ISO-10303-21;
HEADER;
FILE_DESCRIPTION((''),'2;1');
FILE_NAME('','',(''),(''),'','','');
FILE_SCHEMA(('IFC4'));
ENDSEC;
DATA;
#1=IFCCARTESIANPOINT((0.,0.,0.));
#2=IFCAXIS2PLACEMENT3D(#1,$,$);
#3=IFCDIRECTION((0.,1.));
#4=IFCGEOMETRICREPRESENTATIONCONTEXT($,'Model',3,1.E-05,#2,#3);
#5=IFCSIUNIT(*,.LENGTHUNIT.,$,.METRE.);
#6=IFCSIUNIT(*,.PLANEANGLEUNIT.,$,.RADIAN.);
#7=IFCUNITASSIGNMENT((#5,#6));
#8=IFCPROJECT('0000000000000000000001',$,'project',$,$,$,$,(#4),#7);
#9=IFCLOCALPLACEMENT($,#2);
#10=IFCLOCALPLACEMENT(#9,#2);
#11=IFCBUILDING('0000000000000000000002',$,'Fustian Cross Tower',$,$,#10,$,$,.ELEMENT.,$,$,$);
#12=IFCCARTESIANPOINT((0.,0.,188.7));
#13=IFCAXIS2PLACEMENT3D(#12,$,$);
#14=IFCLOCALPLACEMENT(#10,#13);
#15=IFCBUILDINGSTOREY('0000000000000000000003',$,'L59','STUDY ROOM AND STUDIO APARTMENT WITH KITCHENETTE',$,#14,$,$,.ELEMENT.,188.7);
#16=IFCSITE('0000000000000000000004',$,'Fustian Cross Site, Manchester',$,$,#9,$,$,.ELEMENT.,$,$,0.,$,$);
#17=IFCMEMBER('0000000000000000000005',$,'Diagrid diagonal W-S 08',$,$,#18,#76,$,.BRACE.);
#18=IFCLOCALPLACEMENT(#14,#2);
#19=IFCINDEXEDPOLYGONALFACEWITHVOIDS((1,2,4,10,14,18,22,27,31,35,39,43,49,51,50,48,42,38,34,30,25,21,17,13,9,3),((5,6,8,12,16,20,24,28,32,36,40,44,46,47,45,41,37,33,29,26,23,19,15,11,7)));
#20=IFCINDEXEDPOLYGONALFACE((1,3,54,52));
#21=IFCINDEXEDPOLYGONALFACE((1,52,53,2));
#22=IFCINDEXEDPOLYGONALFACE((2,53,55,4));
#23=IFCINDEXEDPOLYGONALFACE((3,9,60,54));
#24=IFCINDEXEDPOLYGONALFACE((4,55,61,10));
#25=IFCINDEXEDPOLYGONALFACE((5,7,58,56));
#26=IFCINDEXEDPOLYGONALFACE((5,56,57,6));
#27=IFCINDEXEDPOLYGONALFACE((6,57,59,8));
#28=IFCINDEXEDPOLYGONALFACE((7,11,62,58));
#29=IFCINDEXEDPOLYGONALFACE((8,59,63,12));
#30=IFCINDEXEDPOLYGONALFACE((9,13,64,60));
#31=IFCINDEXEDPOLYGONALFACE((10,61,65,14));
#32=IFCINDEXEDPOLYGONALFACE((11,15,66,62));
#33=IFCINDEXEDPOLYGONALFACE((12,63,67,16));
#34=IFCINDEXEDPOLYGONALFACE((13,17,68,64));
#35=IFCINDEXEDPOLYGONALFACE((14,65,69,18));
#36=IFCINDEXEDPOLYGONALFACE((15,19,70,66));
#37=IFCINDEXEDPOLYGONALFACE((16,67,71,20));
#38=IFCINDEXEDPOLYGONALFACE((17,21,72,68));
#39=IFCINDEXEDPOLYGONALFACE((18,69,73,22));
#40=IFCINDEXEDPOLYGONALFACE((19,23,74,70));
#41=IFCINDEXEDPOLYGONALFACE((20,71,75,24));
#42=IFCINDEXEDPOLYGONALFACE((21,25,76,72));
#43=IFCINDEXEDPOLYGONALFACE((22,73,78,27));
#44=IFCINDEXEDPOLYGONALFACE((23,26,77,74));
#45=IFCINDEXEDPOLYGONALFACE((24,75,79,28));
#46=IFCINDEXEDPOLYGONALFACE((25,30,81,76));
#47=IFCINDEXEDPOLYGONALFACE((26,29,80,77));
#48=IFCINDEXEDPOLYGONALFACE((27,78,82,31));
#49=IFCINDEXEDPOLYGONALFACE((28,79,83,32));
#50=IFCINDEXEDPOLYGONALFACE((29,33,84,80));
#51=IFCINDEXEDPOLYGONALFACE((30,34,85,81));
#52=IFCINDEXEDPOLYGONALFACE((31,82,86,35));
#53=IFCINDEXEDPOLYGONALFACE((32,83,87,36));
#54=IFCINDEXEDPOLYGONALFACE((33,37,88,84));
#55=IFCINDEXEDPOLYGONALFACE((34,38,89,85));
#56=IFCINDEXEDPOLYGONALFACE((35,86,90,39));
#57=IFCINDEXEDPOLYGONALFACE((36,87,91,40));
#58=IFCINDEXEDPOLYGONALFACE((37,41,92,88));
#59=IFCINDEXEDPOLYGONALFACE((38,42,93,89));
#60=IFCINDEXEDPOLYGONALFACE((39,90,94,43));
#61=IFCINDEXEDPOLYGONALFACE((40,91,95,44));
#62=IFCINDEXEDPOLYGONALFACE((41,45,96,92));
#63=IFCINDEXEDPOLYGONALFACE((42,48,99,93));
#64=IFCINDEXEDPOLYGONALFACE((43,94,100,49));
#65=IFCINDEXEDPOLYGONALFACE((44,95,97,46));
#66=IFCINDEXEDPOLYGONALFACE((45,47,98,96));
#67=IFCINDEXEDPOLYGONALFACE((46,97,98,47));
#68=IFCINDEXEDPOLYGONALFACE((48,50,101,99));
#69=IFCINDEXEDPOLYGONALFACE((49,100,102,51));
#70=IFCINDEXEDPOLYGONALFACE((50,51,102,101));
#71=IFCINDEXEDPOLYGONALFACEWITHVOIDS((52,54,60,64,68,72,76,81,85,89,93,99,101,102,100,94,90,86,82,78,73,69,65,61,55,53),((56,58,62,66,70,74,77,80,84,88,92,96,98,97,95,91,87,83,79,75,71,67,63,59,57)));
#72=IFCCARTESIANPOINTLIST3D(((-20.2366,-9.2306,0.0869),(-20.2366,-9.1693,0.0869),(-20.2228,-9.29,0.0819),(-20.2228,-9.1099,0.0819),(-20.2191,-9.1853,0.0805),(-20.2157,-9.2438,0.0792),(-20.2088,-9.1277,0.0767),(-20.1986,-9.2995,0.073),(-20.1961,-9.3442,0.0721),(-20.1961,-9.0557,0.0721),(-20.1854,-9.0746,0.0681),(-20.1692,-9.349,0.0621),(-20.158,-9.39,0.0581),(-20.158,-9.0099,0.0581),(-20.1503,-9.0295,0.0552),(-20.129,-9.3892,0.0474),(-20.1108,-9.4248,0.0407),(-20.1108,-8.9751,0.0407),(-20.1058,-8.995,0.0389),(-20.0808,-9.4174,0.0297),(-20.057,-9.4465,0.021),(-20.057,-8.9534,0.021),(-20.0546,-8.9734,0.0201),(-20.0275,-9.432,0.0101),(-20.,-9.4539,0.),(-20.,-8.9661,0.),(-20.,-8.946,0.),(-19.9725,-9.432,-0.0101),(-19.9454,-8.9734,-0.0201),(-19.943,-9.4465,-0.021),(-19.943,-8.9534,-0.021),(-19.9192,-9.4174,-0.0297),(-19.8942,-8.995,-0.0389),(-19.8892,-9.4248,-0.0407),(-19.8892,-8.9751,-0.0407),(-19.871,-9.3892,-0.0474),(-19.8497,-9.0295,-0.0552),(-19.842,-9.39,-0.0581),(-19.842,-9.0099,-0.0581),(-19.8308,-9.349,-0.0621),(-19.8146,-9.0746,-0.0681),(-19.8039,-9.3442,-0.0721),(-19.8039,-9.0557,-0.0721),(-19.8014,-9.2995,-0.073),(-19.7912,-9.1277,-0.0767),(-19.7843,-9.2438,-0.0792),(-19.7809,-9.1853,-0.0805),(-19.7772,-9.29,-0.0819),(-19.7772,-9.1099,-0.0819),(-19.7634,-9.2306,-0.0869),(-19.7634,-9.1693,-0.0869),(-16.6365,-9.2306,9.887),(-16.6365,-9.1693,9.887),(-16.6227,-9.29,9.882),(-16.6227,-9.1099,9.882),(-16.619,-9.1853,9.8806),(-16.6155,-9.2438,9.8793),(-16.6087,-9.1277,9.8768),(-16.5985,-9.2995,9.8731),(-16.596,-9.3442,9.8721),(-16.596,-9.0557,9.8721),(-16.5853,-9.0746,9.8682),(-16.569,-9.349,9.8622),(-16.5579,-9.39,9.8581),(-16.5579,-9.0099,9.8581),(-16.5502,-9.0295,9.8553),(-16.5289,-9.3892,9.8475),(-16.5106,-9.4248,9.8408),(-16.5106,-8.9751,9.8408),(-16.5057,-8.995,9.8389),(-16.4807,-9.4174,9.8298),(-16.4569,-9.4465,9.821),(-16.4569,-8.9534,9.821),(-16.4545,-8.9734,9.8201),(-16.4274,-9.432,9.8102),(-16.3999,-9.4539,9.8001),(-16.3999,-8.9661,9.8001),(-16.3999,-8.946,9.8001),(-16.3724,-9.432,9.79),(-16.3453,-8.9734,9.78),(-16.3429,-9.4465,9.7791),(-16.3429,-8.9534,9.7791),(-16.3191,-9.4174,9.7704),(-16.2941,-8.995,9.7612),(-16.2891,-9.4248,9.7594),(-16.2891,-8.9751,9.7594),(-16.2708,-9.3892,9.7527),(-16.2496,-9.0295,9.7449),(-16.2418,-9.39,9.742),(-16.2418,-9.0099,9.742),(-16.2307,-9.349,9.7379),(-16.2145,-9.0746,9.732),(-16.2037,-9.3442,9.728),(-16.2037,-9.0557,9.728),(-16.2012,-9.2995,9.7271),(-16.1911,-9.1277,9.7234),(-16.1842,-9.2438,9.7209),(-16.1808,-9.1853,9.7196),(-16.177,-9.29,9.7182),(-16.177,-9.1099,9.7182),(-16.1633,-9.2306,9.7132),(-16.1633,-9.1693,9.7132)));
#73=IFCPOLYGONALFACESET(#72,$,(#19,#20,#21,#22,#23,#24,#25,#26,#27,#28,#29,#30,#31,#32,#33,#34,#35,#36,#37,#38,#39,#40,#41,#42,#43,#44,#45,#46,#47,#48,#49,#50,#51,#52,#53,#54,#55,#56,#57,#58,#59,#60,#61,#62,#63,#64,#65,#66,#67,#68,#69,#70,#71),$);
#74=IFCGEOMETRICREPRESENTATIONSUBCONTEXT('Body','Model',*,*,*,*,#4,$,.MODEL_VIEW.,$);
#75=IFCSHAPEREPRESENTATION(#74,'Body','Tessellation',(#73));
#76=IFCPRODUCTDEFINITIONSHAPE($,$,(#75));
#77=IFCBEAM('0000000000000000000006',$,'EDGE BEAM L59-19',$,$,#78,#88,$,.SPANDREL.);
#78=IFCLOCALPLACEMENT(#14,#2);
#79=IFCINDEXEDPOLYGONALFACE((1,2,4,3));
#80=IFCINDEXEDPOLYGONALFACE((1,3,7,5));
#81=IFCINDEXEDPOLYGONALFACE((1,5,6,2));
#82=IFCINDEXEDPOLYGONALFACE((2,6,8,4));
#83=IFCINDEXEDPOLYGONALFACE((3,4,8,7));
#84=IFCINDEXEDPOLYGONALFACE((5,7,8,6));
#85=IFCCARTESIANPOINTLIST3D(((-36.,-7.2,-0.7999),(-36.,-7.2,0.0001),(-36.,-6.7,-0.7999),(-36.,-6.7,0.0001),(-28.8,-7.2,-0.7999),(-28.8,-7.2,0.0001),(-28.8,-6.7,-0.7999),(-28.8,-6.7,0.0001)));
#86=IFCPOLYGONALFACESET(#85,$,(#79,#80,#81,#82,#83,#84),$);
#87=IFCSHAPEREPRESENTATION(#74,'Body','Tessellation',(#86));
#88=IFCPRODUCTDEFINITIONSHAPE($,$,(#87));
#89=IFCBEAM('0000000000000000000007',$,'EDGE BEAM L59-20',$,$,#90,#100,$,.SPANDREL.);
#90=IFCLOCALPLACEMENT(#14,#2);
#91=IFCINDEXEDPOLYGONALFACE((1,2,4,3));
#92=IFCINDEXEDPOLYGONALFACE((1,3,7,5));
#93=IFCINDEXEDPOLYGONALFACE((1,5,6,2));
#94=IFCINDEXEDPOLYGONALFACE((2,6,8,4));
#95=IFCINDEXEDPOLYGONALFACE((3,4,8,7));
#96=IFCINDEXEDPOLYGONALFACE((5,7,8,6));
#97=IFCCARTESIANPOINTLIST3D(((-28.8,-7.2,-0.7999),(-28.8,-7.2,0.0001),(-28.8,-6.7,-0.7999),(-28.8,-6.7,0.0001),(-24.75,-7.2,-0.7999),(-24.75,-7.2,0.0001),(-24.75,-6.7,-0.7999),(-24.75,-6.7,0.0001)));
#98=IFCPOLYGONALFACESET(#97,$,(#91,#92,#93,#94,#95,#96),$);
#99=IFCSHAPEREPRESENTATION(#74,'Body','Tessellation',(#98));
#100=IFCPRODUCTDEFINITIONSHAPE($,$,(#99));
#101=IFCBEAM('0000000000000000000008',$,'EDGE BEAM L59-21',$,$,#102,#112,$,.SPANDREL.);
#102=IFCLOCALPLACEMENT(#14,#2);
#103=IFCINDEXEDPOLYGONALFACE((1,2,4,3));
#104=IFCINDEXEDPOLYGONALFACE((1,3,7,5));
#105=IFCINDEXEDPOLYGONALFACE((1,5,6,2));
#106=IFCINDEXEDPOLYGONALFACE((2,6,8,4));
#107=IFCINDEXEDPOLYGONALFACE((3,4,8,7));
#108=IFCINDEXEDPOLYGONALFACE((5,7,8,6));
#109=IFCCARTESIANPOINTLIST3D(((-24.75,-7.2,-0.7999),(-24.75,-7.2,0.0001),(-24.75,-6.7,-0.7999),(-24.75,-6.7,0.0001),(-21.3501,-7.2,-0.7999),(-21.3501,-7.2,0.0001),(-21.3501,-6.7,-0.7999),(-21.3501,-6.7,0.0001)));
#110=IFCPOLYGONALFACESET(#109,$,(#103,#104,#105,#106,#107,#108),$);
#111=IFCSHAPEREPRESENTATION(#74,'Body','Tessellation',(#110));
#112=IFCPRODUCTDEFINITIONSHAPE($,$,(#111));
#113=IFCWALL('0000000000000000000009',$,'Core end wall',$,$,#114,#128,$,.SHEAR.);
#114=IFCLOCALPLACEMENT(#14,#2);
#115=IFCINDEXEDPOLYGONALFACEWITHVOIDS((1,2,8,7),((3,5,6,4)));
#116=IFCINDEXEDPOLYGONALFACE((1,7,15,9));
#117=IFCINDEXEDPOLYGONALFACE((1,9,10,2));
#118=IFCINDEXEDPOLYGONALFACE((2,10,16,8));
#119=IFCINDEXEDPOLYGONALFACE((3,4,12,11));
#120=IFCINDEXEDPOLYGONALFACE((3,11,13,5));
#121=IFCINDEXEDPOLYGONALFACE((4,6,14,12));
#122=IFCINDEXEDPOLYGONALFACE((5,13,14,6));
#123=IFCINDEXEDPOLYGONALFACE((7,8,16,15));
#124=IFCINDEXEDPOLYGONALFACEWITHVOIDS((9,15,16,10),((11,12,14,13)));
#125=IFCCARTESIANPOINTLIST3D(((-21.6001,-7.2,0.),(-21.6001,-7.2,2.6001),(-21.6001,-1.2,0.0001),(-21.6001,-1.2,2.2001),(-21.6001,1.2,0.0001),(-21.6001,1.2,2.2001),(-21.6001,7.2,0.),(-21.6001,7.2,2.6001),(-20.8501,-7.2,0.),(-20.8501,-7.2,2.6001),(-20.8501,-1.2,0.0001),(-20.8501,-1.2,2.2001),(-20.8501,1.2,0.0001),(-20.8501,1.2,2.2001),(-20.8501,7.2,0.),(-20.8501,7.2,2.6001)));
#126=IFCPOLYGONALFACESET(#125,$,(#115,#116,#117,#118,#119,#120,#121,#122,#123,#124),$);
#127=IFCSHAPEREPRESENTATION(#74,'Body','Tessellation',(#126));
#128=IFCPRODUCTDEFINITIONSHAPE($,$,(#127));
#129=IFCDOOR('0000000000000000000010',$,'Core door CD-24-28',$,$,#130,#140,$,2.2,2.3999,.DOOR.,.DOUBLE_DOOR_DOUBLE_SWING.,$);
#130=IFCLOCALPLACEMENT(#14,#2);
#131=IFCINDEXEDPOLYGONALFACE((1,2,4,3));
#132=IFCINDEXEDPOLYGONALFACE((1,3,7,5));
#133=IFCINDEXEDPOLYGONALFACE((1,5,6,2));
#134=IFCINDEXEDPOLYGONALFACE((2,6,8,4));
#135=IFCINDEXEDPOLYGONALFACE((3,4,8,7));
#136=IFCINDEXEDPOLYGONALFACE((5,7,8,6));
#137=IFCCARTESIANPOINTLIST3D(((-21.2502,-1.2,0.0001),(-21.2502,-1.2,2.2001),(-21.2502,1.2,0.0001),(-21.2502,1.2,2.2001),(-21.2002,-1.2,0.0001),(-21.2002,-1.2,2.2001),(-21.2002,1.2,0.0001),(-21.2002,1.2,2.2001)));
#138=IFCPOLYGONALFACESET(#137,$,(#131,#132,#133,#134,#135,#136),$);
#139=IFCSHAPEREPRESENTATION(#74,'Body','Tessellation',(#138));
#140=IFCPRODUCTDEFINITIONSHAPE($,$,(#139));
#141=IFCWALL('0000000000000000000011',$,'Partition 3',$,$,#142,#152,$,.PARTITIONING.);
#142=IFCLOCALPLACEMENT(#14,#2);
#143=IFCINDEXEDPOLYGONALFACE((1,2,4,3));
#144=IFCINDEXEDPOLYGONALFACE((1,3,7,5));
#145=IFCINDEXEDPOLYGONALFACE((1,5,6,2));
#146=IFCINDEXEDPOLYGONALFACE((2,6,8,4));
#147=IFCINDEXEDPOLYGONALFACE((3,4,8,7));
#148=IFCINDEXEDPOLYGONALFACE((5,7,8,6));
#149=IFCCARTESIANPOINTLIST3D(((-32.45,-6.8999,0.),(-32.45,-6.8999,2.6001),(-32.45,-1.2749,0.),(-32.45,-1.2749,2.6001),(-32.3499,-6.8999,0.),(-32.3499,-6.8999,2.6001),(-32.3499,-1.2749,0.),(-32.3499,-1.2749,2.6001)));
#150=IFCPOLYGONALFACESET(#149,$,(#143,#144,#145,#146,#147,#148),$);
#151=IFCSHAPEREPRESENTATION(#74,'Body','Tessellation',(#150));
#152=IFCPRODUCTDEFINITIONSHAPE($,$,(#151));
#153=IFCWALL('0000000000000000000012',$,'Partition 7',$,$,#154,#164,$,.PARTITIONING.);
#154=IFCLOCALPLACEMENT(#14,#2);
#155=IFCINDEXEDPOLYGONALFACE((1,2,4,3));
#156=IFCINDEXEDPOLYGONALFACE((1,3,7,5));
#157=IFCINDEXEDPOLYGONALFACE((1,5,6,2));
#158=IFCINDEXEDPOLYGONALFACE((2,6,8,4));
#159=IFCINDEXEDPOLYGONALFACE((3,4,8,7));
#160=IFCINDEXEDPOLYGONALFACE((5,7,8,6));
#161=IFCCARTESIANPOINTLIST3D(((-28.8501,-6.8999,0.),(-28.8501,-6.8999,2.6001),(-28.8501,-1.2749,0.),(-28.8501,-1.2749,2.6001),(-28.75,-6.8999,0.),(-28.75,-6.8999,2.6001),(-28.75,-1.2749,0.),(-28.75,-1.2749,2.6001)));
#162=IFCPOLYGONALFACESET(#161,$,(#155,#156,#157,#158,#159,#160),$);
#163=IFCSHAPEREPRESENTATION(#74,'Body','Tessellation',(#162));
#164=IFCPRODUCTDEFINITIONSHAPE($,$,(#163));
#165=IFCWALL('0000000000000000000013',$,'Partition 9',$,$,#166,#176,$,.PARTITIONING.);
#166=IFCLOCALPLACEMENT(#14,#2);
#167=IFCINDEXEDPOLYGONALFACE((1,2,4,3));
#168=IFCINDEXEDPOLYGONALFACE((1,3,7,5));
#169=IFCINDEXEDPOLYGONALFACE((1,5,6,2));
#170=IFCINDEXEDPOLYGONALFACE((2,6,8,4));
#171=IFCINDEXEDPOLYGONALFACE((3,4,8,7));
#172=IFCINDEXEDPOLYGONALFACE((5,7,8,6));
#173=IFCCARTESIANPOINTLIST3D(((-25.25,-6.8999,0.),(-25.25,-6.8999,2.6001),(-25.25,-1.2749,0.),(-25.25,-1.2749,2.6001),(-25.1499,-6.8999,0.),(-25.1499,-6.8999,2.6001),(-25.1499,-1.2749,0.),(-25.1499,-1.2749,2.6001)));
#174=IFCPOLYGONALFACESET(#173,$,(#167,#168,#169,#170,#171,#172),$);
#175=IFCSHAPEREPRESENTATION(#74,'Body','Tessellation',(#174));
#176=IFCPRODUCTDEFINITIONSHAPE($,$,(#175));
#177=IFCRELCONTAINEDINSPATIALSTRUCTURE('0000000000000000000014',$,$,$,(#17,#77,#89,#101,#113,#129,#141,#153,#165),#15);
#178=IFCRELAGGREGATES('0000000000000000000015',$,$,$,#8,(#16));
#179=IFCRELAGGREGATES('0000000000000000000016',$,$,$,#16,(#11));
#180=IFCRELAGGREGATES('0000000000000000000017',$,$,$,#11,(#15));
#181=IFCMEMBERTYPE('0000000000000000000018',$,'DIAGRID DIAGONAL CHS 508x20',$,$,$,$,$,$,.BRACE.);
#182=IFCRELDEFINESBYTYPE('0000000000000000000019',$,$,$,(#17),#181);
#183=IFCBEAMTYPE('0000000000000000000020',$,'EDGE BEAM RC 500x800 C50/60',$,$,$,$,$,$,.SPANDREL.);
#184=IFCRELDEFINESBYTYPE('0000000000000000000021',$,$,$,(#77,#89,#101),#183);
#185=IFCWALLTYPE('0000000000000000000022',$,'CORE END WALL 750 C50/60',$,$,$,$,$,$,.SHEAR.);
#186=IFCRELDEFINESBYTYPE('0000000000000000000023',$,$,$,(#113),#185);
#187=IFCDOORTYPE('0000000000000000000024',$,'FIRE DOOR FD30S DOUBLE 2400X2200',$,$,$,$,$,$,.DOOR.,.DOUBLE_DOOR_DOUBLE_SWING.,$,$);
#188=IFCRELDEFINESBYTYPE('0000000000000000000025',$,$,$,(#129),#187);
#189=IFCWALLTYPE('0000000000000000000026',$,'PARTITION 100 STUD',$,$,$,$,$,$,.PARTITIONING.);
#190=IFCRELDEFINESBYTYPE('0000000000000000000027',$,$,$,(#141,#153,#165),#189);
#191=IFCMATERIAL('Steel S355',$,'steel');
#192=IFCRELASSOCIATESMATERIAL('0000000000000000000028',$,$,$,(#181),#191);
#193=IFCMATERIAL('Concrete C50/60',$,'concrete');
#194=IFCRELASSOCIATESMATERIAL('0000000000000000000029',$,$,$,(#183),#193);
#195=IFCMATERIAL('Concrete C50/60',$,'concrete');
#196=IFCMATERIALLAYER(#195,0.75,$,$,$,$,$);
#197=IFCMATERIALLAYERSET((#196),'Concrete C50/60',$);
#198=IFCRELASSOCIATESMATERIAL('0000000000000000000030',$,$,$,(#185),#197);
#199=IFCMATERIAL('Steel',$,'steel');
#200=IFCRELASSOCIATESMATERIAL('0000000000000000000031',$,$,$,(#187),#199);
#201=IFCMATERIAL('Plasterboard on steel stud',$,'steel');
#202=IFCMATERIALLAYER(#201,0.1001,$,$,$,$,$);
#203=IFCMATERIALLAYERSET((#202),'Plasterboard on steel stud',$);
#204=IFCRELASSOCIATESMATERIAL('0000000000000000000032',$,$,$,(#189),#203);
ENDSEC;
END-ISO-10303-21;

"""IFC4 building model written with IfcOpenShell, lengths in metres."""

from ifc_helpers import new_model, si_unit, direction, frame, frame_2d, origin, origin_2d, place, context, subcontext, project, spatial, rectangle, hollow_circle, extrude, material, layer, layer_set, material_profile, profile_set, type_object, element, fill, save


model = new_model("IFC4")

# Units and contexts
model_context = context("Model", 3, precision=1e-05, world=origin(), true_north=direction((0.0, 1.0)))
body_context = subcontext(model_context, "Body", "Model", "MODEL_VIEW")
ifc_project = project(units=[si_unit("LENGTHUNIT", "METRE"), si_unit("PLANEANGLEUNIT", "RADIAN")], contexts=[model_context])

# Site, building, storey
site_placement = place(None, origin())
site = spatial("IfcSite", under=ifc_project, at=site_placement, Name="Fustian Cross Site, Manchester", CompositionType="ELEMENT", RefElevation=0.0)
building_placement = place(site_placement, origin())
building = spatial("IfcBuilding", under=site, at=building_placement, Name="Fustian Cross Tower", CompositionType="ELEMENT")
storey_placement = place(building_placement, frame((0.0, 0.0, 188.7)))
storey = spatial("IfcBuildingStorey", under=building, at=storey_placement, Name="L59", Description="STUDY ROOM AND STUDIO APARTMENT WITH KITCHENETTE", CompositionType="ELEMENT", Elevation=188.7)

# Member
ifc_material_1 = material(Name="Steel S355", Category="steel")
ifc_material_profile_1 = material_profile(ifc_material_1, hollow_circle(Radius=0.2539, WallThickness=0.02, at=origin_2d()), Name="CHS 508x20")
ifc_profile_set_1 = profile_set([ifc_material_profile_1], Name="Steel S355")
member_type = type_object("IfcMemberType", Name="DIAGRID DIAGONAL CHS 508x20", PredefinedType="BRACE", material=ifc_profile_set_1)
for number, where, z_axis, x_axis, name in (
    (1, (-20.0, -9.2, 0.0), (0.344824, 0.0, 0.938667), (0.0, 1.0, 0.0), "Diagrid diagonal W-S 08"),
):
    element("IfcMember", number, at=place(storey_placement, frame(where, z_axis=z_axis, x_axis=x_axis)), inside=storey, type_object=member_type, Name=name, PredefinedType="BRACE", context=body_context, shape_type="SweptSolid", body=[
        extrude(hollow_circle(Radius=0.2539, WallThickness=0.02, at=origin_2d()), origin(), (0.0, 0.0, 1.0), 10.4404),
    ])

# Beams
ifc_material_2 = material(Name="Concrete C50/60", Category="concrete")
ifc_material_profile_2 = material_profile(ifc_material_2, rectangle(XDim=0.5, YDim=0.8, at=origin_2d()), Name="RC 500x800")
ifc_profile_set_2 = profile_set([ifc_material_profile_2], Name="Concrete C50/60")
beam_type = type_object("IfcBeamType", Name="EDGE BEAM RC 500x800 C50/60", PredefinedType="SPANDREL", material=ifc_profile_set_2)
beam_1_placement = place(storey_placement, frame((-36.0, -6.95, -0.3999), z_axis=(1.0, 0.0, 0.0), x_axis=(0.0, 1.0, 0.0)))
element("IfcBeam", 2, at=beam_1_placement, inside=storey, type_object=beam_type, Name="EDGE BEAM L59-19", PredefinedType="SPANDREL", context=body_context, shape_type="SweptSolid", body=[
    extrude(rectangle(XDim=0.5, YDim=0.8, at=origin_2d()), origin(), (0.0, 0.0, 1.0), 7.2),
])
beam_2_placement = place(storey_placement, frame((-28.8, -6.95, -0.3999), z_axis=(1.0, 0.0, 0.0), x_axis=(0.0, 1.0, 0.0)))
element("IfcBeam", 3, at=beam_2_placement, inside=storey, type_object=beam_type, Name="EDGE BEAM L59-20", PredefinedType="SPANDREL", context=body_context, shape_type="SweptSolid", body=[
    extrude(rectangle(XDim=0.5, YDim=0.8, at=origin_2d()), origin(), (0.0, 0.0, 1.0), 4.05),
])
beam_3_placement = place(storey_placement, frame((-24.75, -6.95, -0.3999), z_axis=(1.0, 0.0, 0.0), x_axis=(0.0, 1.0, 0.0)))
element("IfcBeam", 4, at=beam_3_placement, inside=storey, type_object=beam_type, Name="EDGE BEAM L59-21", PredefinedType="SPANDREL", context=body_context, shape_type="SweptSolid", body=[
    extrude(rectangle(XDim=0.5, YDim=0.8, at=origin_2d()), origin(), (0.0, 0.0, 1.0), 3.3999),
])

# Wall, opening, door
ifc_material_3 = material(Name="Concrete C50/60", Category="concrete")
ifc_layer_1 = layer(ifc_material_3, 0.75)
ifc_layer_set_1 = layer_set([ifc_layer_1], Name="Concrete C50/60")
wall_type_1 = type_object("IfcWallType", Name="CORE END WALL 750 C50/60", PredefinedType="SHEAR", material=ifc_layer_set_1)
wall_1_placement = place(storey_placement, frame((-21.2251, -7.2, 0.0), z_axis=(0.0, 0.0, 1.0), x_axis=(0.0, 1.0, 0.0)))
wall_1 = element("IfcWall", 5, at=wall_1_placement, inside=storey, type_object=wall_type_1, Name="Core end wall", PredefinedType="SHEAR", context=body_context, shape_type="SweptSolid", body=[
    extrude(rectangle(XDim=14.3999, YDim=0.75, at=frame_2d((7.2, 0.0))), origin(), (0.0, 0.0, 1.0), 2.6001),
])
opening_1_placement = place(wall_1_placement, frame((6.0, 0.0, 0.0)))
opening_1 = element("IfcOpeningElement", 6, at=opening_1_placement, cuts=wall_1, PredefinedType="OPENING", context=body_context, shape_type="SweptSolid", body=[
    extrude(rectangle(XDim=2.3999, YDim=2.2, at=frame_2d((1.2, 1.1001))), frame((0.0, 0.385, 0.0), z_axis=(0.0, -1.0, 0.0), x_axis=(1.0, 0.0, 0.0)), (0.0, 0.0, 1.0), 0.77),
])
ifc_material_4 = material(Name="Steel", Category="steel")
door_type = type_object("IfcDoorType", Name="FIRE DOOR FD30S DOUBLE 2400X2200", OperationType="DOUBLE_DOOR_DOUBLE_SWING", PredefinedType="DOOR", material=ifc_material_4)
door_placement = place(opening_1_placement, frame((2.3999, 0.0, 0.0), z_axis=(0.0, 0.0, 1.0), x_axis=(-1.0, 0.0, 0.0)))
door = element("IfcDoor", 7, at=door_placement, inside=storey, type_object=door_type, Name="Core door CD-24-28", OperationType="DOUBLE_DOOR_DOUBLE_SWING", OverallHeight=2.2, OverallWidth=2.3999, PredefinedType="DOOR", context=body_context, shape_type="SweptSolid", body=[
    extrude(rectangle(XDim=2.3999, YDim=2.2, at=frame_2d((1.2, 1.1001))), frame((0.0, 0.0249, 0.0), z_axis=(0.0, -1.0, 0.0), x_axis=(1.0, 0.0, 0.0)), (0.0, 0.0, 1.0), 0.05),
])
fill(opening_1, door)

# Walls
ifc_material_5 = material(Name="Plasterboard on steel stud", Category="steel")
ifc_layer_2 = layer(ifc_material_5, 0.1001)
ifc_layer_set_2 = layer_set([ifc_layer_2], Name="Plasterboard on steel stud")
wall_type_2 = type_object("IfcWallType", Name="PARTITION 100 STUD", PredefinedType="PARTITIONING", material=ifc_layer_set_2)
for number, where, z_axis, x_axis, name in (
    (8, (-32.3999, -6.8999, 0.0), (0.0, 0.0, 1.0), (0.0, 1.0, 0.0), "Partition 3"),
    (9, (-28.8, -6.8999, 0.0), (0.0, 0.0, 1.0), (0.0, 1.0, 0.0), "Partition 7"),
    (10, (-25.2, -6.8999, 0.0), (0.0, 0.0, 1.0), (0.0, 1.0, 0.0), "Partition 9"),
):
    element("IfcWall", number, at=place(storey_placement, frame(where, z_axis=z_axis, x_axis=x_axis)), inside=storey, type_object=wall_type_2, Name=name, PredefinedType="PARTITIONING", context=body_context, shape_type="SweptSolid", body=[
        extrude(rectangle(XDim=5.625, YDim=0.1001, at=frame_2d((2.8125, 0.0))), origin(), (0.0, 0.0, 1.0), 2.6001),
    ])

save(model, "model.ifc")
